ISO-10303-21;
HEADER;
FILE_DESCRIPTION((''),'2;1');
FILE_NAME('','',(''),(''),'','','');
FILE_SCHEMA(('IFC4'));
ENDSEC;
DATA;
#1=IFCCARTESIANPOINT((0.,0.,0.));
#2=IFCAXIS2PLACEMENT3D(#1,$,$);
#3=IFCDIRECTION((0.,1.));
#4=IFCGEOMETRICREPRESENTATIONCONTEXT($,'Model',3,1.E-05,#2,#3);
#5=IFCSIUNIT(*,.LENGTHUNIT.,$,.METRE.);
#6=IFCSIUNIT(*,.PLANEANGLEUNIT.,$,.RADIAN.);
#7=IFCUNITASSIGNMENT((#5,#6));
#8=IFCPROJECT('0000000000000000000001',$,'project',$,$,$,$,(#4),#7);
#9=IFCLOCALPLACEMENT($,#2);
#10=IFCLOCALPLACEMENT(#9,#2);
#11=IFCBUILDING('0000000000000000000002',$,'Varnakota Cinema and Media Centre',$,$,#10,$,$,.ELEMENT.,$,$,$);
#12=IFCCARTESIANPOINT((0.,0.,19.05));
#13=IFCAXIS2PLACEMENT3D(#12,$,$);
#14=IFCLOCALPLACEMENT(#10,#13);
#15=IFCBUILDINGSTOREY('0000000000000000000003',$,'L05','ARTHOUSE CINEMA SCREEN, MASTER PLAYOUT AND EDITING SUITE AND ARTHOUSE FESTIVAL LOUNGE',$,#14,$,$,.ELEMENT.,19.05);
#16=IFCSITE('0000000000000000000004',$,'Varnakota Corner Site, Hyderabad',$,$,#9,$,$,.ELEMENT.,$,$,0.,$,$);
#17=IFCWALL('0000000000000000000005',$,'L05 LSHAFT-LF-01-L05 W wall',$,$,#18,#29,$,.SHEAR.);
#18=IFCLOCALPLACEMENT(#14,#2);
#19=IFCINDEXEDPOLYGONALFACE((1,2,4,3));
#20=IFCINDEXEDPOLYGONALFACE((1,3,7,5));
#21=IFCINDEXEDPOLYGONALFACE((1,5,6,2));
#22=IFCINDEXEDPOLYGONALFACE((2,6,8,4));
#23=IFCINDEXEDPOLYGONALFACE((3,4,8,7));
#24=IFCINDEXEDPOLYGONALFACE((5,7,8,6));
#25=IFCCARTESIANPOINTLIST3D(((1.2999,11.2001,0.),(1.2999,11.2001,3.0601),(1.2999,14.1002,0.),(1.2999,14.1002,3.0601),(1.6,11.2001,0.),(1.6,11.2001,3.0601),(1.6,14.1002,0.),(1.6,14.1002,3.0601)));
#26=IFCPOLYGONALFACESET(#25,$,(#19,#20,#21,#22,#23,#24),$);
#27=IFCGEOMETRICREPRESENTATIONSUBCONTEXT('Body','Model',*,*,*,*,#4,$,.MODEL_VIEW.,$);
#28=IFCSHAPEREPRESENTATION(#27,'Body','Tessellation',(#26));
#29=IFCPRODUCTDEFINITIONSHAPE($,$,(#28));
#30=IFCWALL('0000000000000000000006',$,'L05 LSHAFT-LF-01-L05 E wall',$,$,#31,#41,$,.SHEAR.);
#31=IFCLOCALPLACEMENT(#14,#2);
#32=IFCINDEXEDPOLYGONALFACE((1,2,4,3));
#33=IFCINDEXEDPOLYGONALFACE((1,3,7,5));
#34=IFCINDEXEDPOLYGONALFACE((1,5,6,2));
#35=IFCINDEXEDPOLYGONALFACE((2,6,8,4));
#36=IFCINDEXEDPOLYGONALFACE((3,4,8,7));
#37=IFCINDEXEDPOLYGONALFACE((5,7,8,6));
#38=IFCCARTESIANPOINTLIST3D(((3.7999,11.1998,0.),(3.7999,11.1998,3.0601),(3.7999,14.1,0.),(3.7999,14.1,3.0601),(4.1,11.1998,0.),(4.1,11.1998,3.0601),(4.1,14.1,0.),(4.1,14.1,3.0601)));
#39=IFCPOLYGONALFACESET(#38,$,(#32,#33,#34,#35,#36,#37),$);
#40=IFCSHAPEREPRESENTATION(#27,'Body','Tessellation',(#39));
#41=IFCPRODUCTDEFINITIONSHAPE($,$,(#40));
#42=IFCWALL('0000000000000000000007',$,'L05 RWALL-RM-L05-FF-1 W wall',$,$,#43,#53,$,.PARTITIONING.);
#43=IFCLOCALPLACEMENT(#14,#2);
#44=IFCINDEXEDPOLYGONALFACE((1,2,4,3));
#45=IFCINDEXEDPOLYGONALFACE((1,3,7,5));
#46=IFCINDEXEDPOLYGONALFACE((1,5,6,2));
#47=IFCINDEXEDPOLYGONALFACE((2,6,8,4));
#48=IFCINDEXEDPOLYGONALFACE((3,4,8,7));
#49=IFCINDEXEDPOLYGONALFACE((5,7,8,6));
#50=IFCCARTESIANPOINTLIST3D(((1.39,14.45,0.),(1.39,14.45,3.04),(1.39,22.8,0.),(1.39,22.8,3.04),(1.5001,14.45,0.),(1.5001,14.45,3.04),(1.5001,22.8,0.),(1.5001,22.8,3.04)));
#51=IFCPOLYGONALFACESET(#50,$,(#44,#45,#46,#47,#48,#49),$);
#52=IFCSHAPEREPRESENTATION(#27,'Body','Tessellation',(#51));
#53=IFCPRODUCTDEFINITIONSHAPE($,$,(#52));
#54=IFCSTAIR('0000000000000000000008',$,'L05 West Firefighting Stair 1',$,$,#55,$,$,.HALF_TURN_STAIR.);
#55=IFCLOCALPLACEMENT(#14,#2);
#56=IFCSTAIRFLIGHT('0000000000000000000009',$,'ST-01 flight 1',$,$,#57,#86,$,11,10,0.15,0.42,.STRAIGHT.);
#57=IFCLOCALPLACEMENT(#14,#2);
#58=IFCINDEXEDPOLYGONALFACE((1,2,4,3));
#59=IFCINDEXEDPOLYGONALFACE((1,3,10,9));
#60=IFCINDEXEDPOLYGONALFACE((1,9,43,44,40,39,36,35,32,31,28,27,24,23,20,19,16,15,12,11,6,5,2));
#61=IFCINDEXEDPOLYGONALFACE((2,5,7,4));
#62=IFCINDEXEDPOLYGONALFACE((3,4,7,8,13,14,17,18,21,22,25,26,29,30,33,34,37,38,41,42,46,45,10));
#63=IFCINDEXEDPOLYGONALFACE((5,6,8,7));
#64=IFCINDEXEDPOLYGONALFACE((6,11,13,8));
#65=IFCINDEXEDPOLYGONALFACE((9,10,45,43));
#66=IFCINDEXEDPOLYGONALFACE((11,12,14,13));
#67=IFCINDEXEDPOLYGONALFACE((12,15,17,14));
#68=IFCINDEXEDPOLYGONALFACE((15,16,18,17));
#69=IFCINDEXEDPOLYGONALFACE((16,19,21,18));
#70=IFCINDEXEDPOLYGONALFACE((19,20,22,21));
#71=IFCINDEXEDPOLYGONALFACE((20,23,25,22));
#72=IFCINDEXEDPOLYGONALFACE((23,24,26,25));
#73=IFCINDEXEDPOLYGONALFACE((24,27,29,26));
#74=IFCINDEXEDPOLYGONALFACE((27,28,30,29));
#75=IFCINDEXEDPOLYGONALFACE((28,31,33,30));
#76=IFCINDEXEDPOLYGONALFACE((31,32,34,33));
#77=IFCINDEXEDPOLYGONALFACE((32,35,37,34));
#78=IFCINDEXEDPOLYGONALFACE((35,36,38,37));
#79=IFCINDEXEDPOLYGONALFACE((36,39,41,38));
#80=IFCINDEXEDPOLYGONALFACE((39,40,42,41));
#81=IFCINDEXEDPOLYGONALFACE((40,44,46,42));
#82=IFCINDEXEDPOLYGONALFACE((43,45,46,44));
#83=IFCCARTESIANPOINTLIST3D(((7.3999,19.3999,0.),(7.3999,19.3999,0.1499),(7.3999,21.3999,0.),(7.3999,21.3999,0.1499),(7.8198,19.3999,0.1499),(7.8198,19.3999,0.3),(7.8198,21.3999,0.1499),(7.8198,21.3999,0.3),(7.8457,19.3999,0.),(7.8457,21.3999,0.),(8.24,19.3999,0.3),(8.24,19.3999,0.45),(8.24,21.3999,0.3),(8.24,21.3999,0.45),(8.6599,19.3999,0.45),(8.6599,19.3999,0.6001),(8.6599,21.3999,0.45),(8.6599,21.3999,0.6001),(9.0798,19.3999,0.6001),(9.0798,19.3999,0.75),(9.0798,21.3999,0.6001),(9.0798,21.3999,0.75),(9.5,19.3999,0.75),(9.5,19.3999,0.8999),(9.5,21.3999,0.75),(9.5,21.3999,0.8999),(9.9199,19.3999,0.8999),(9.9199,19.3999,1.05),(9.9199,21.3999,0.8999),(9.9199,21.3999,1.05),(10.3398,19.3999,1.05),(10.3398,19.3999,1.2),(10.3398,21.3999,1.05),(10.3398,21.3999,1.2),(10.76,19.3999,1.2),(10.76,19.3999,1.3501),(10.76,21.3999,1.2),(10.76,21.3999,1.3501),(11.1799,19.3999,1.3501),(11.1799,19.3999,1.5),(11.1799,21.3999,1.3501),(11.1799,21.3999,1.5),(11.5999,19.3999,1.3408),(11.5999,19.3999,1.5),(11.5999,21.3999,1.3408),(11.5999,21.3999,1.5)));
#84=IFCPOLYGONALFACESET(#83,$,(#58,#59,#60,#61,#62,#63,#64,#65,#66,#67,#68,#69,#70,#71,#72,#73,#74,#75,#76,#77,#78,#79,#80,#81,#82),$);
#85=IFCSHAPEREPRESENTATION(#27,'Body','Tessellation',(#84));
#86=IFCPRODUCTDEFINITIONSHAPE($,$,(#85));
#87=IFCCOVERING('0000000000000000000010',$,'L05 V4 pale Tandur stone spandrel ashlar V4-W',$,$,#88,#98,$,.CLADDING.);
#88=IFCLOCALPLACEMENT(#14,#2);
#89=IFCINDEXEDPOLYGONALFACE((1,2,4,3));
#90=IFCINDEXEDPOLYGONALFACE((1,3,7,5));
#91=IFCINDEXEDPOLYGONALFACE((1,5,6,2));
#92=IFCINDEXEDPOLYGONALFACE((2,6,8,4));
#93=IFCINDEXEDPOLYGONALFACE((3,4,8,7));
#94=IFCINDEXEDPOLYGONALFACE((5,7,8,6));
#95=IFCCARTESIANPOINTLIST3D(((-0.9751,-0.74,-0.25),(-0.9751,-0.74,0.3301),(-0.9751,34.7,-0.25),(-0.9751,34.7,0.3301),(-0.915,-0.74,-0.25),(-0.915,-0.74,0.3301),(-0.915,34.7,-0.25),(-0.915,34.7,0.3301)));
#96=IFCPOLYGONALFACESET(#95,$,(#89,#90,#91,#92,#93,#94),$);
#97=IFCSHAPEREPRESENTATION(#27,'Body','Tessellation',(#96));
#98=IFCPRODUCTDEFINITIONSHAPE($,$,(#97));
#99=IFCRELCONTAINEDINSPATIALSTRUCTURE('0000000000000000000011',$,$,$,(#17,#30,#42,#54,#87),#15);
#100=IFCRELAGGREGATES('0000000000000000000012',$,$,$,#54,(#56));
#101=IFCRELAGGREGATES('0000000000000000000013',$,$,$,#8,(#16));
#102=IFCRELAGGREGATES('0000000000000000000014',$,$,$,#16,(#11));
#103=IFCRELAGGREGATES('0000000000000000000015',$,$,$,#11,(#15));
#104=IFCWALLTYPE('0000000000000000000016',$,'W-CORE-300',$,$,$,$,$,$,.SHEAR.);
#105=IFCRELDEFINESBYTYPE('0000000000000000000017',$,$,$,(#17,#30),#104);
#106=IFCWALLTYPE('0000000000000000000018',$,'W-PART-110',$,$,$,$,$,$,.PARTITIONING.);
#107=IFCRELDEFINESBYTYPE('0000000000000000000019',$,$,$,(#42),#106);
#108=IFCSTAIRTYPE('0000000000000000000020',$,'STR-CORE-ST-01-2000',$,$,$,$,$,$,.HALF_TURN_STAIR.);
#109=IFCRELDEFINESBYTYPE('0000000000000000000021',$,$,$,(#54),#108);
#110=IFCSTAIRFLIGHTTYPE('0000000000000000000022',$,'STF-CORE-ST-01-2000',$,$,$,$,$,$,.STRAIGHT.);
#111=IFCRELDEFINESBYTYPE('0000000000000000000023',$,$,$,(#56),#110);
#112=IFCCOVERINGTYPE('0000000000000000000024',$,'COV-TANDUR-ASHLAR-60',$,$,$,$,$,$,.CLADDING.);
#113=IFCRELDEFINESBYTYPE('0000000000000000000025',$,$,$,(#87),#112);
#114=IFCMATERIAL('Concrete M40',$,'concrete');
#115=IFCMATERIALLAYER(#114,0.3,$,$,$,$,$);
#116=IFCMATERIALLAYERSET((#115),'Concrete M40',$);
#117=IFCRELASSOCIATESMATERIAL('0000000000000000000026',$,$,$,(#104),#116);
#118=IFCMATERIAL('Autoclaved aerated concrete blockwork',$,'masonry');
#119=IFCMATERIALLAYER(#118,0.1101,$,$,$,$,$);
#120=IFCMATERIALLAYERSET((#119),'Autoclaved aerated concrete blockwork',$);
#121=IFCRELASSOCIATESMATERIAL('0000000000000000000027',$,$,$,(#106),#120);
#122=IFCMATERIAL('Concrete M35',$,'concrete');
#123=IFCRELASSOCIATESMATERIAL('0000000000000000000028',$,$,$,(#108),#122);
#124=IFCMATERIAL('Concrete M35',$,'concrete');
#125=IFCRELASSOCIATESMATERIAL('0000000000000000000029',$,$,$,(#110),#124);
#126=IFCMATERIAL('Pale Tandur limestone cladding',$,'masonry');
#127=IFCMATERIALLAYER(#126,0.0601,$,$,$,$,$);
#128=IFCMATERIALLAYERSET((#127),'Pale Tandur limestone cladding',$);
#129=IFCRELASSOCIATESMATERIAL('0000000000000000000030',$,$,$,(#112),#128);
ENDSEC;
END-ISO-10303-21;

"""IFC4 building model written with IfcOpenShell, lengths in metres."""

from ifc_helpers import new_model, si_unit, direction, frame, frame_2d, origin, origin_2d, place, context, subcontext, project, spatial, polyline, rectangle, outline, extrude, material, layer, layer_set, type_object, element, aggregate, save


model = new_model("IFC4")

# Units and contexts
model_context = context("Model", 3, precision=1e-05, world=origin(), true_north=direction((0.0, 1.0)))
body_context = subcontext(model_context, "Body", "Model", "MODEL_VIEW")
ifc_project = project(units=[si_unit("LENGTHUNIT", "METRE"), si_unit("PLANEANGLEUNIT", "RADIAN")], contexts=[model_context])

# Site, building, storey
site_placement = place(None, origin())
site = spatial("IfcSite", under=ifc_project, at=site_placement, Name="Varnakota Corner Site, Hyderabad", CompositionType="ELEMENT", RefElevation=0.0)
building_placement = place(site_placement, origin())
building = spatial("IfcBuilding", under=site, at=building_placement, Name="Varnakota Cinema and Media Centre", CompositionType="ELEMENT")
storey_placement = place(building_placement, frame((0.0, 0.0, 19.05)))
storey = spatial("IfcBuildingStorey", under=building, at=storey_placement, Name="L05", Description="ARTHOUSE CINEMA SCREEN, MASTER PLAYOUT AND EDITING SUITE AND ARTHOUSE FESTIVAL LOUNGE", CompositionType="ELEMENT", Elevation=19.05)

# Shared definitions
ifc_material_1 = material(Name="Concrete M40", Category="concrete")
ifc_layer_1 = layer(ifc_material_1, 0.3)
ifc_layer_set_1 = layer_set([ifc_layer_1], Name="Concrete M40")
wall_type_1 = type_object("IfcWallType", Name="W-CORE-300", PredefinedType="SHEAR", material=ifc_layer_set_1)

# Wall
wall_1_placement = place(storey_placement, frame((1.45, 11.2, 0.0), z_axis=(0.0, 0.0, 1.0), x_axis=(0.0, 1.0, 0.0)))
element("IfcWall", 1, at=wall_1_placement, inside=storey, type_object=wall_type_1, Name="L05 LSHAFT-LF-01-L05 W wall", PredefinedType="SHEAR", context=body_context, shape_type="SweptSolid", body=[
    extrude(rectangle(XDim=2.9001, YDim=0.3, at=frame_2d((1.4502, 0.0))), origin(), (0.0, 0.0, 1.0), 3.0601),
])

# Walls
wall_2_placement = place(storey_placement, frame((3.95, 14.1001, 0.0), z_axis=(0.0, 0.0, 1.0), x_axis=(0.0, -1.0, 0.0)))
element("IfcWall", 2, at=wall_2_placement, inside=storey, type_object=wall_type_1, Name="L05 LSHAFT-LF-01-L05 E wall", PredefinedType="SHEAR", context=body_context, shape_type="SweptSolid", body=[
    extrude(rectangle(XDim=2.9001, YDim=0.3, at=frame_2d((1.4502, 0.0))), origin(), (0.0, 0.0, 1.0), 3.0601),
])
ifc_material_2 = material(Name="Autoclaved aerated concrete blockwork", Category="masonry")
ifc_layer_2 = layer(ifc_material_2, 0.1101)
ifc_layer_set_2 = layer_set([ifc_layer_2], Name="Autoclaved aerated concrete blockwork")
wall_type_2 = type_object("IfcWallType", Name="W-PART-110", PredefinedType="PARTITIONING", material=ifc_layer_set_2)
wall_3_placement = place(storey_placement, frame((1.4451, 14.45, 0.0), z_axis=(0.0, 0.0, 1.0), x_axis=(0.0, 1.0, 0.0)))
element("IfcWall", 3, at=wall_3_placement, inside=storey, type_object=wall_type_2, Name="L05 RWALL-RM-L05-FF-1 W wall", PredefinedType="PARTITIONING", context=body_context, shape_type="SweptSolid", body=[
    extrude(rectangle(XDim=8.3501, YDim=0.1101, at=frame_2d((4.175, 0.0))), origin(), (0.0, 0.0, 1.0), 3.04),
])

# Stair, stair flight
ifc_material_3 = material(Name="Concrete M35", Category="concrete")
stair_type = type_object("IfcStairType", Name="STR-CORE-ST-01-2000", PredefinedType="HALF_TURN_STAIR", material=ifc_material_3)
stair_placement = place(storey_placement, origin())
stair = element("IfcStair", 4, at=stair_placement, inside=storey, type_object=stair_type, Name="L05 West Firefighting Stair 1", PredefinedType="HALF_TURN_STAIR")
ifc_material_4 = material(Name="Concrete M35", Category="concrete")
stair_flight_type = type_object("IfcStairFlightType", Name="STF-CORE-ST-01-2000", PredefinedType="STRAIGHT", material=ifc_material_4)
stair_flight_placement = place(storey_placement, frame((7.3999, 20.3999, 0.0), z_axis=(0.0, 0.0, 1.0), x_axis=(1.0, 0.0, 0.0)))
stair_flight = element("IfcStairFlight", 5, at=stair_flight_placement, type_object=stair_flight_type, Name="ST-01 flight 1", NumberOfRisers=11, NumberOfTreads=10, PredefinedType="STRAIGHT", RiserHeight=0.15, TreadLength=0.42, context=body_context, shape_type="SweptSolid", body=[
    extrude(outline(polyline([(0.0, 0.0), (0.0, 0.1499), (0.4199, 0.1499), (0.4199, 0.3), (0.8401, 0.3), (0.8401, 0.45), (1.26, 0.45), (1.26, 0.6001), (1.6799, 0.6001), (1.6799, 0.75), (2.1001, 0.75), (2.1001, 0.8999), (2.52, 0.8999), (2.52, 1.05), (2.9399, 1.05), (2.9399, 1.2), (3.3601, 1.2), (3.3601, 1.3501), (3.78, 1.3501), (3.78, 1.5), (4.2, 1.5), (4.2, 1.6499), (4.2, 1.3408), (0.4458, 0.0), (0.0, 0.0)])), frame((0.0, 1.0, 0.0), z_axis=(0.0, -1.0, 0.0), x_axis=(1.0, 0.0, 0.0)), (0.0, 0.0, 1.0), 2.0),
])
aggregate(stair, [stair_flight])

# Covering
ifc_material_5 = material(Name="Pale Tandur limestone cladding", Category="masonry")
ifc_layer_3 = layer(ifc_material_5, 0.0601)
ifc_layer_set_3 = layer_set([ifc_layer_3], Name="Pale Tandur limestone cladding")
covering_type = type_object("IfcCoveringType", Name="COV-TANDUR-ASHLAR-60", PredefinedType="CLADDING", material=ifc_layer_set_3)
covering_placement = place(storey_placement, frame((-0.9451, 16.98, -0.25), z_axis=(0.0, 0.0, 1.0), x_axis=(0.0, 1.0, 0.0)))
element("IfcCovering", 6, at=covering_placement, inside=storey, type_object=covering_type, Name="L05 V4 pale Tandur stone spandrel ashlar V4-W", PredefinedType="CLADDING", context=body_context, shape_type="SweptSolid", body=[
    extrude(rectangle(XDim=35.4399, YDim=0.0601, at=origin_2d()), origin(), (0.0, 0.0, 1.0), 0.5801),
])

save(model, "model.ifc")
